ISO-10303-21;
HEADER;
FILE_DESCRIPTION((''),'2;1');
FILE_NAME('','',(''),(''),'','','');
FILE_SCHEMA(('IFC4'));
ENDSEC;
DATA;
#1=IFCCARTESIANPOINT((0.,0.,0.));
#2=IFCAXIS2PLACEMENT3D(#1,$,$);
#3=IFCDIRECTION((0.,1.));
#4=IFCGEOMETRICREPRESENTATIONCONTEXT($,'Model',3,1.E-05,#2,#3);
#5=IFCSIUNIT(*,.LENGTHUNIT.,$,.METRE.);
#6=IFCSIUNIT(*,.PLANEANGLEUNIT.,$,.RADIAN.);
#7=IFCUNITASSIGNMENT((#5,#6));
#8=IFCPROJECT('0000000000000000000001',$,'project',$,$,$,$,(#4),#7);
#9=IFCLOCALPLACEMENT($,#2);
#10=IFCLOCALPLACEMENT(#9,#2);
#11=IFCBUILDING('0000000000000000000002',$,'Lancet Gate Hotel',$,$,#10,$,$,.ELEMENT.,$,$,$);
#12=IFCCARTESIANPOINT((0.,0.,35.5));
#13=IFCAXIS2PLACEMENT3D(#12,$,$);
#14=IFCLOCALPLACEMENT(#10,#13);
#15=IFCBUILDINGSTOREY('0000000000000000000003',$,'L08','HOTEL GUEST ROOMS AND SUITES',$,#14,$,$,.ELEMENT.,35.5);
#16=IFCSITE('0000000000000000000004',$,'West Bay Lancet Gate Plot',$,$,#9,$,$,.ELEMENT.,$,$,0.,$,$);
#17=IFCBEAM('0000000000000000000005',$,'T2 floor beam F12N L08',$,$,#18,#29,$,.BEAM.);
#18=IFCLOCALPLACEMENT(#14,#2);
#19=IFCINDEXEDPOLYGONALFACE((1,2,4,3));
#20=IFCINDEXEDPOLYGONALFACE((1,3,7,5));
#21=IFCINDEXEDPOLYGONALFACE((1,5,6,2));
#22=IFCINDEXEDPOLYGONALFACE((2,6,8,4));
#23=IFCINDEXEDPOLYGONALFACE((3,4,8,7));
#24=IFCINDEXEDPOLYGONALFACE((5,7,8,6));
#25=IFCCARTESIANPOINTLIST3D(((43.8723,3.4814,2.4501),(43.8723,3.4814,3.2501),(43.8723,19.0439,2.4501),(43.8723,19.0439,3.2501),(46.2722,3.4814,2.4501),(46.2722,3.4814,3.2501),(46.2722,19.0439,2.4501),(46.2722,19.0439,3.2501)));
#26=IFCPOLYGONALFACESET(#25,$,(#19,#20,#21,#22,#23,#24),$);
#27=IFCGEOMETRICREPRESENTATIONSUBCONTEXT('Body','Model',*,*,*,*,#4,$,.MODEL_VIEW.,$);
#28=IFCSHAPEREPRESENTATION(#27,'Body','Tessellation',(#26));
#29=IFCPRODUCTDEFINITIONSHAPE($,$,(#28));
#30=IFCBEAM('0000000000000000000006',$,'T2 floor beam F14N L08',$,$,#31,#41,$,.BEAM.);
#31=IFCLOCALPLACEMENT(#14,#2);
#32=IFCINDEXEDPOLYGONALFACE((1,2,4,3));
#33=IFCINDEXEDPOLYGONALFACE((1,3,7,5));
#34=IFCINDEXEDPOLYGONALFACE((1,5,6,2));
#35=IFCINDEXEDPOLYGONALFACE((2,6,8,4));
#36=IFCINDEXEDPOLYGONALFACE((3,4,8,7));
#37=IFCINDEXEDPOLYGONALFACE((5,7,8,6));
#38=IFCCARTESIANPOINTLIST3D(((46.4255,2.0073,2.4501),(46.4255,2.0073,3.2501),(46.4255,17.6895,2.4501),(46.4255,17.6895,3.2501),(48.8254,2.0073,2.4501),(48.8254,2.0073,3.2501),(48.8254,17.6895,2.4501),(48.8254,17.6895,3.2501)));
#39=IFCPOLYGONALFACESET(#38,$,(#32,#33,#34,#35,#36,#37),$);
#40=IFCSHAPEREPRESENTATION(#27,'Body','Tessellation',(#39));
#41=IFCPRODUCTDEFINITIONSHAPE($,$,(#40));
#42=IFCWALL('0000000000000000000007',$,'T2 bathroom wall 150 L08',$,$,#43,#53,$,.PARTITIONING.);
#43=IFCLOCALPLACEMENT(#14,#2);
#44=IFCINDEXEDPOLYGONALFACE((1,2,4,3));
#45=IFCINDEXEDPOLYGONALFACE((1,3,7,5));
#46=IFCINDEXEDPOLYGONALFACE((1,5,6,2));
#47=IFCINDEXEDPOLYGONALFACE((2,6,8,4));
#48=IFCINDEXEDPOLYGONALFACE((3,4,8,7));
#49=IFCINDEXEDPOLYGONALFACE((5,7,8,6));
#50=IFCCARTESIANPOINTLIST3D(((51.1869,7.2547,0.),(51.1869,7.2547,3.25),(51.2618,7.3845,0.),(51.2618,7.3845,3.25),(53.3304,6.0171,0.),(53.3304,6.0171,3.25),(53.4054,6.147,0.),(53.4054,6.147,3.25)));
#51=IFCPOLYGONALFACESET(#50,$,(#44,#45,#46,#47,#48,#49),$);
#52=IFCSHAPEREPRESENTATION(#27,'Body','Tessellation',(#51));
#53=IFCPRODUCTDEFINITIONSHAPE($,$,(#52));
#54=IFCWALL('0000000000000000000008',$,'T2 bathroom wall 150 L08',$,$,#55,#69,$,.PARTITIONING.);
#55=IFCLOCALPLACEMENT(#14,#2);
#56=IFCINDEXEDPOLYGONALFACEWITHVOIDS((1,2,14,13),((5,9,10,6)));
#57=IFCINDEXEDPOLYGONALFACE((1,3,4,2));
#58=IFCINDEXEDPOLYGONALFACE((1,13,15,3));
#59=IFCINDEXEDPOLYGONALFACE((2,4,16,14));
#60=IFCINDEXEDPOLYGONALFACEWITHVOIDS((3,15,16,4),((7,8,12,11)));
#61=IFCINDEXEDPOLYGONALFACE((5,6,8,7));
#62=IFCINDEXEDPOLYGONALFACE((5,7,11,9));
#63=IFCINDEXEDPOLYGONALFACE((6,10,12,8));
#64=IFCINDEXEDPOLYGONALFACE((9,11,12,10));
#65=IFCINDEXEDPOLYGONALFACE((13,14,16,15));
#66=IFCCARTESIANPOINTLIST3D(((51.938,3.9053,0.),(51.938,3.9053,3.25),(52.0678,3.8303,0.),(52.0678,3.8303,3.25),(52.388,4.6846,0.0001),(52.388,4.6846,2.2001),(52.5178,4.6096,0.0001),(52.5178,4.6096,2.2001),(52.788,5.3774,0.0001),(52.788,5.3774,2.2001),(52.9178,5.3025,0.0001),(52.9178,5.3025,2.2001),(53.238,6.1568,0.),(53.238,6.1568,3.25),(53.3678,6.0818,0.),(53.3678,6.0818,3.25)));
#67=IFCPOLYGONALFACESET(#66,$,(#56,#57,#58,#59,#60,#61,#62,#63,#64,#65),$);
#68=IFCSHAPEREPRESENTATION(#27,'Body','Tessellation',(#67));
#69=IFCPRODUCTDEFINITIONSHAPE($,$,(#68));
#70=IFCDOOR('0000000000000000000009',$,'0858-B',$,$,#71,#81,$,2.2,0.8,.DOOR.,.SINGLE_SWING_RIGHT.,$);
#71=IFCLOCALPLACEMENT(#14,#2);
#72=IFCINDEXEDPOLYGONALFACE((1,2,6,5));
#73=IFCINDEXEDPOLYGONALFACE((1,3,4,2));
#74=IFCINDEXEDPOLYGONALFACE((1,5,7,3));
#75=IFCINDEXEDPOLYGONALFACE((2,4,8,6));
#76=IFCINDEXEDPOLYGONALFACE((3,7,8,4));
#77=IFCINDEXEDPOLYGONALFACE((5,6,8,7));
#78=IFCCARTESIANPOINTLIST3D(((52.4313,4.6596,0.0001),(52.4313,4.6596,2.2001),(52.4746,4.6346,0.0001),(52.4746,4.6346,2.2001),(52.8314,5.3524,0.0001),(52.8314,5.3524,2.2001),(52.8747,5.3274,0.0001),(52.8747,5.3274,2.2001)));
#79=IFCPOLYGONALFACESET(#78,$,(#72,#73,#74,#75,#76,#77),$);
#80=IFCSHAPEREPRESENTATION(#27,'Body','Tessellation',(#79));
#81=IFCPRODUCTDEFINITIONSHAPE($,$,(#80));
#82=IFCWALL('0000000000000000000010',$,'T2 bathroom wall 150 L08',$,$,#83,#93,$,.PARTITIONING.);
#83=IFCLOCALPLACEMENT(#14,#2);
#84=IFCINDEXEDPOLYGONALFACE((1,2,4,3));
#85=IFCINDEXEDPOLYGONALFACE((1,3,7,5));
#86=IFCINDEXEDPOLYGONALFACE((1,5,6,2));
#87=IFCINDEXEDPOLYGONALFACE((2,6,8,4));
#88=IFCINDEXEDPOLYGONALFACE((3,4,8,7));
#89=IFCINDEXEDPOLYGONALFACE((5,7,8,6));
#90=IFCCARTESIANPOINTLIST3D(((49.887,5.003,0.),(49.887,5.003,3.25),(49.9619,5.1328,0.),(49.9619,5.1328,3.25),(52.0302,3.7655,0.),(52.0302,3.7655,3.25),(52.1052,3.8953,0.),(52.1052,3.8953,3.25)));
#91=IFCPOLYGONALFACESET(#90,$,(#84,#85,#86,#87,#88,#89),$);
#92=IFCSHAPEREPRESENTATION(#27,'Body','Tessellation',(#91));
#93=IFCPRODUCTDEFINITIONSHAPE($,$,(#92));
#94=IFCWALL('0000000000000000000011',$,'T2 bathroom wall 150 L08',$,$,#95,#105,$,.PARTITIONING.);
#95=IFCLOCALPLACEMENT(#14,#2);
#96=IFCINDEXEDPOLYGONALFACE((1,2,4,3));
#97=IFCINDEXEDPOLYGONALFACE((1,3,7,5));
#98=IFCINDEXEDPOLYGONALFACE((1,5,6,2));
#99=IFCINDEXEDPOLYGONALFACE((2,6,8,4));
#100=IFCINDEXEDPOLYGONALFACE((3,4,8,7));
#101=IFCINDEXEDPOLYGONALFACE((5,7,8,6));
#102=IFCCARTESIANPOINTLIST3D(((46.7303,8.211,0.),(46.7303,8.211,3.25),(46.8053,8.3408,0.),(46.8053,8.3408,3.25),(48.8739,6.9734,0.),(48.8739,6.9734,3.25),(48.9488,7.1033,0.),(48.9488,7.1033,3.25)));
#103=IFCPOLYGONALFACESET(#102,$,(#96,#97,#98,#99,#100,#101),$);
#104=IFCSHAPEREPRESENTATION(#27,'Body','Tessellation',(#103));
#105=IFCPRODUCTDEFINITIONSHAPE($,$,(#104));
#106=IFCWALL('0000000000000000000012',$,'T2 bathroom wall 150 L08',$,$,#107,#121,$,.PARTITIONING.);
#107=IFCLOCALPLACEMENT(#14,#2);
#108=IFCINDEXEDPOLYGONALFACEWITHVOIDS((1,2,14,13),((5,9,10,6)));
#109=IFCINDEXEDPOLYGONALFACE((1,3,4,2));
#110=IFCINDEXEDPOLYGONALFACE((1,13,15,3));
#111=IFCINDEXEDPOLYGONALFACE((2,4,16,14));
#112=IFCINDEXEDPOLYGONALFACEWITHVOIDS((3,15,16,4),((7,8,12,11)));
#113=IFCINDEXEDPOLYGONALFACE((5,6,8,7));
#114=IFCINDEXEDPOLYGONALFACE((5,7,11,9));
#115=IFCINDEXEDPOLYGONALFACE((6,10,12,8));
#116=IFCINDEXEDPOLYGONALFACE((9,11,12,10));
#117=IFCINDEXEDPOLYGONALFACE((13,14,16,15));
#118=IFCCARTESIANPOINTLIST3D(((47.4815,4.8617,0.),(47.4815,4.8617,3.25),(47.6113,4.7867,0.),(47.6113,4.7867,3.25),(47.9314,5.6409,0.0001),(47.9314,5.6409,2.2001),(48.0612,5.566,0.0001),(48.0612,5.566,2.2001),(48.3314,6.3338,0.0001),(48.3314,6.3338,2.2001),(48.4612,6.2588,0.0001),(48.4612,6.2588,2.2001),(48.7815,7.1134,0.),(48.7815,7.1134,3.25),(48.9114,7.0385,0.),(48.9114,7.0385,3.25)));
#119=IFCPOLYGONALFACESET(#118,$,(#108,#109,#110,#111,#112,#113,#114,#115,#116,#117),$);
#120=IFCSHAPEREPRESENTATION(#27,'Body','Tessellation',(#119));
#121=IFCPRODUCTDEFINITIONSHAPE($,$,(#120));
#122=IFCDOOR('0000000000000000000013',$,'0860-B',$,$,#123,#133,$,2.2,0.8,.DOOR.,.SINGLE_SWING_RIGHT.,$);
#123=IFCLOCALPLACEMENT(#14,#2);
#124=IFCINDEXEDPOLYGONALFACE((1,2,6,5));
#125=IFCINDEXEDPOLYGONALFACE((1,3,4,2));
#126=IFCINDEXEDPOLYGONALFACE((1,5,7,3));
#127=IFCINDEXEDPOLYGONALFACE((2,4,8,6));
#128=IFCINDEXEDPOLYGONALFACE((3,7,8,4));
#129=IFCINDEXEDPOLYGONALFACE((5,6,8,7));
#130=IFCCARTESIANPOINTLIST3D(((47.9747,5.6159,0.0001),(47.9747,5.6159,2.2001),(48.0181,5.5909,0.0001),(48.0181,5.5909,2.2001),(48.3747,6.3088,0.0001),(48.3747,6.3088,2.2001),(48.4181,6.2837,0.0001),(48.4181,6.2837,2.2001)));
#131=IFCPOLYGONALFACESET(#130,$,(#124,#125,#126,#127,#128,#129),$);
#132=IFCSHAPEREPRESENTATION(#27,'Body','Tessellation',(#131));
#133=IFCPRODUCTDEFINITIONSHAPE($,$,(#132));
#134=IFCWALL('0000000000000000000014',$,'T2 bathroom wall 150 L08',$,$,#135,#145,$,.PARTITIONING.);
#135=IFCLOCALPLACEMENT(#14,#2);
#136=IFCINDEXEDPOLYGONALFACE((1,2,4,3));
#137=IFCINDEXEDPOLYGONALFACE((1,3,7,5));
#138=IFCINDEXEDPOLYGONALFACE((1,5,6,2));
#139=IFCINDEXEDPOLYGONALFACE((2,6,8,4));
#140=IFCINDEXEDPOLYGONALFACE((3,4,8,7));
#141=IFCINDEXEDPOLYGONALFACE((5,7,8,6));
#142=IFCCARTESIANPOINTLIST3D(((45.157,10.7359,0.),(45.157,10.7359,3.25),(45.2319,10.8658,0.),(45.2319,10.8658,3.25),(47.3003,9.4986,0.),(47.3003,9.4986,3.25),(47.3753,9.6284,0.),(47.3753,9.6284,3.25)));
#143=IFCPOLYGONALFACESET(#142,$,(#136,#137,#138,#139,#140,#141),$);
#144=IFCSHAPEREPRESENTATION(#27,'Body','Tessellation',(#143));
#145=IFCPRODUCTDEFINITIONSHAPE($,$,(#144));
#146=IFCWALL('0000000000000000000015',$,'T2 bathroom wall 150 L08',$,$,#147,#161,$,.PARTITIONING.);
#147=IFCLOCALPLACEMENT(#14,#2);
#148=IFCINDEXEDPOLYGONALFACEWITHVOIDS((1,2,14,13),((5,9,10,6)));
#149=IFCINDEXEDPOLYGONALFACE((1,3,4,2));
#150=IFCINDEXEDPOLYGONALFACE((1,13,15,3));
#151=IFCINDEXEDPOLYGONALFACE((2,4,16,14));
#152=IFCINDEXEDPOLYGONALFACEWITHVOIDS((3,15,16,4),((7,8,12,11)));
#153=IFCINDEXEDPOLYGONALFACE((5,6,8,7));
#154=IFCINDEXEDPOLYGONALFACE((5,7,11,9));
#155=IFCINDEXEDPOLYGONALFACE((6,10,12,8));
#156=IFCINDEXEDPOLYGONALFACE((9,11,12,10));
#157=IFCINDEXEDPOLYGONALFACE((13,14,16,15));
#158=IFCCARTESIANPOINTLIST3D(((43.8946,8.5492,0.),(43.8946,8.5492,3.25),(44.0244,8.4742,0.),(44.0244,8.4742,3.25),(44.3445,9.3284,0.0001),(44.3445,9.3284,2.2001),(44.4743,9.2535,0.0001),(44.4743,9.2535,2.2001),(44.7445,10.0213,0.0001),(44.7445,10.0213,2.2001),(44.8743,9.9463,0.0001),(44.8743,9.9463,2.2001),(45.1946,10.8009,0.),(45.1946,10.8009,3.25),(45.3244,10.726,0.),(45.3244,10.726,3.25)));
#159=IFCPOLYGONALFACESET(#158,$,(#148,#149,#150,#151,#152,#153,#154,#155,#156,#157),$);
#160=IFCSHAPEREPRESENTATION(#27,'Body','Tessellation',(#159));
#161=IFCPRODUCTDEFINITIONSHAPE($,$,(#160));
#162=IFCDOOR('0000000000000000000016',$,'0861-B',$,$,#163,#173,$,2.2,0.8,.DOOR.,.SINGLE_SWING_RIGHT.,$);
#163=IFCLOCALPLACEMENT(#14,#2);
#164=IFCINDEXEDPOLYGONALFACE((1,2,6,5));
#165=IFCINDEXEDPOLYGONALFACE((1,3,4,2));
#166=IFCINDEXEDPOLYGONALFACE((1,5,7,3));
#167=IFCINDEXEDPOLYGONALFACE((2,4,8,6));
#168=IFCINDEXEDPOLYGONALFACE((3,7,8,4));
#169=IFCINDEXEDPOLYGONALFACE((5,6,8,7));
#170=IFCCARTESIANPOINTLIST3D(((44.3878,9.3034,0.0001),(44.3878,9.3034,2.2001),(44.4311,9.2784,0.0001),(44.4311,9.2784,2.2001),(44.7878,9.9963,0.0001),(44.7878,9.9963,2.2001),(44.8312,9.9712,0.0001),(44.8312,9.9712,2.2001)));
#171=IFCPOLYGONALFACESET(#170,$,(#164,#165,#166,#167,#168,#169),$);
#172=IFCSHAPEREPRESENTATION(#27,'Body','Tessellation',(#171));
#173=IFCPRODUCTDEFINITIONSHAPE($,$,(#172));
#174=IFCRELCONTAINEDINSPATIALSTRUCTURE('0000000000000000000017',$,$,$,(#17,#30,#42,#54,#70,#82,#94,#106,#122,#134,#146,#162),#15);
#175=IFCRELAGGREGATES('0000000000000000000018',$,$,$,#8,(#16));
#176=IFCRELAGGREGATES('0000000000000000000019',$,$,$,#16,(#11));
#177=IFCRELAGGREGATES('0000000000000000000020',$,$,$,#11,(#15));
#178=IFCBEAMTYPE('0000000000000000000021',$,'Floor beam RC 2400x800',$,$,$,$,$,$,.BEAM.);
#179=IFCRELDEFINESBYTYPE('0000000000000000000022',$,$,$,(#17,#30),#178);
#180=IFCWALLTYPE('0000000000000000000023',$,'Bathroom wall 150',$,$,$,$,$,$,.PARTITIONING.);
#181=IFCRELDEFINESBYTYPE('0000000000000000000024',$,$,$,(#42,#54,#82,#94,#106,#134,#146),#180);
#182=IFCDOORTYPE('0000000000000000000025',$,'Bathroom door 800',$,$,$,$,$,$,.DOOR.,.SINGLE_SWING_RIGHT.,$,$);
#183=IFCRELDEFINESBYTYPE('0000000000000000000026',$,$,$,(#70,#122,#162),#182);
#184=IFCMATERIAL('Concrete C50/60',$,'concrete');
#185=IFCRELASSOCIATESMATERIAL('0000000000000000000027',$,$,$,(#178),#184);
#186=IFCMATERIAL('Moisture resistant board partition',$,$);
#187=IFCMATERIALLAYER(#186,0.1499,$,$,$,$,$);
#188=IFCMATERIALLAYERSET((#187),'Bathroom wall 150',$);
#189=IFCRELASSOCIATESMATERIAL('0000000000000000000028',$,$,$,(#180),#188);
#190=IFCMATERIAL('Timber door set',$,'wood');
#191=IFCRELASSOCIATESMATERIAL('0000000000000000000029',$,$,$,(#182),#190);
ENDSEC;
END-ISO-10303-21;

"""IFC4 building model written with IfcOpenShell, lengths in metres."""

from ifc_helpers import new_model, si_unit, direction, frame, frame_2d, origin, origin_2d, place, context, subcontext, project, spatial, rectangle, extrude, material, layer, layer_set, material_profile, profile_set, type_object, element, fill, save


model = new_model("IFC4")

# Units and contexts
model_context = context("Model", 3, precision=1e-05, world=origin(), true_north=direction((0.0, 1.0)))
body_context = subcontext(model_context, "Body", "Model", "MODEL_VIEW")
ifc_project = project(units=[si_unit("LENGTHUNIT", "METRE"), si_unit("PLANEANGLEUNIT", "RADIAN")], contexts=[model_context])

# Site, building, storey
site_placement = place(None, origin())
site = spatial("IfcSite", under=ifc_project, at=site_placement, Name="West Bay Lancet Gate Plot", CompositionType="ELEMENT", RefElevation=0.0)
building_placement = place(site_placement, origin())
building = spatial("IfcBuilding", under=site, at=building_placement, Name="Lancet Gate Hotel", CompositionType="ELEMENT")
storey_placement = place(building_placement, frame((0.0, 0.0, 35.5)))
storey = spatial("IfcBuildingStorey", under=building, at=storey_placement, Name="L08", Description="HOTEL GUEST ROOMS AND SUITES", CompositionType="ELEMENT", Elevation=35.5)

# Beams
ifc_material_1 = material(Name="Concrete C50/60", Category="concrete")
ifc_material_profile = material_profile(ifc_material_1, rectangle(XDim=2.3999, YDim=0.8, at=origin_2d()), Name="RC 2400x800")
ifc_profile_set = profile_set([ifc_material_profile], Name="Concrete C50/60")
beam_type = type_object("IfcBeamType", Name="Floor beam RC 2400x800", PredefinedType="BEAM", material=ifc_profile_set)
beam_1_placement = place(storey_placement, frame((45.0723, 3.4814, 2.8501), z_axis=(0.0, 1.0, 0.0), x_axis=(-1.0, 0.0, 0.0)))
element("IfcBeam", 1, at=beam_1_placement, inside=storey, type_object=beam_type, Name="T2 floor beam F12N L08", PredefinedType="BEAM", context=body_context, shape_type="SweptSolid", body=[
    extrude(rectangle(XDim=2.3999, YDim=0.8, at=origin_2d()), origin(), (0.0, 0.0, 1.0), 15.5625),
])
beam_2_placement = place(storey_placement, frame((47.6255, 2.0073, 2.8501), z_axis=(0.0, 1.0, 0.0), x_axis=(-1.0, 0.0, 0.0)))
element("IfcBeam", 2, at=beam_2_placement, inside=storey, type_object=beam_type, Name="T2 floor beam F14N L08", PredefinedType="BEAM", context=body_context, shape_type="SweptSolid", body=[
    extrude(rectangle(XDim=2.3999, YDim=0.8, at=origin_2d()), origin(), (0.0, 0.0, 1.0), 15.6821),
])

# Wall
ifc_material_2 = material(Name="Moisture resistant board partition")
ifc_layer_1 = layer(ifc_material_2, 0.1499)
ifc_layer_set_1 = layer_set([ifc_layer_1], Name="Bathroom wall 150")
wall_type_1 = type_object("IfcWallType", Name="Bathroom wall 150", PredefinedType="PARTITIONING", material=ifc_layer_set_1)
wall_1_placement = place(storey_placement, frame((51.2244, 7.3196, 0.0), z_axis=(0.0, 0.0, 1.0), x_axis=(0.866031, -0.49999, 0.0)))
element("IfcWall", 3, at=wall_1_placement, inside=storey, type_object=wall_type_1, Name="T2 bathroom wall 150 L08", PredefinedType="PARTITIONING", context=body_context, shape_type="SweptSolid", body=[
    extrude(rectangle(XDim=2.4751, YDim=0.1499, at=frame_2d((1.2375, 0.0))), origin(), (0.0, 0.0, 1.0), 3.25),
])

# Wall, opening, door
wall_2_placement = place(storey_placement, frame((52.0029, 3.8679, 0.0), z_axis=(0.0, 0.0, 1.0), x_axis=(0.500048, 0.865998, 0.0)))
wall_2 = element("IfcWall", 4, at=wall_2_placement, inside=storey, type_object=wall_type_1, Name="T2 bathroom wall 150 L08", PredefinedType="PARTITIONING", context=body_context, shape_type="SweptSolid", body=[
    extrude(rectangle(XDim=2.5999, YDim=0.1499, at=frame_2d((1.2998, 0.0))), origin(), (0.0, 0.0, 1.0), 3.25),
])
opening_1_placement = place(wall_2_placement, frame((0.8999, 0.0, 0.0)))
opening_1 = element("IfcOpeningElement", 5, at=opening_1_placement, cuts=wall_2, PredefinedType="OPENING", context=body_context, shape_type="SweptSolid", body=[
    extrude(rectangle(XDim=0.8, YDim=2.2, at=frame_2d((0.3999, 1.1001))), frame((0.0, 0.085, 0.0), z_axis=(0.0, -1.0, 0.0), x_axis=(1.0, 0.0, 0.0)), (0.0, 0.0, 1.0), 0.1699),
])
ifc_material_3 = material(Name="Timber door set", Category="wood")
door_type_1 = type_object("IfcDoorType", Name="Bathroom door 800", OperationType="SINGLE_SWING_RIGHT", PredefinedType="DOOR", material=ifc_material_3)
door_1_placement = place(opening_1_placement, origin())
door_1 = element("IfcDoor", 6, at=door_1_placement, inside=storey, type_object=door_type_1, Name="0858-B", OperationType="SINGLE_SWING_RIGHT", OverallHeight=2.2, OverallWidth=0.8, PredefinedType="DOOR", context=body_context, shape_type="SweptSolid", body=[
    extrude(rectangle(XDim=0.8, YDim=2.2, at=frame_2d((0.3999, 1.1001))), frame((0.0, 0.0249, 0.0), z_axis=(0.0, -1.0, 0.0), x_axis=(1.0, 0.0, 0.0)), (0.0, 0.0, 1.0), 0.05),
])
fill(opening_1, door_1)

# Walls
wall_3_placement = place(storey_placement, frame((49.9246, 5.0679, 0.0), z_axis=(0.0, 0.0, 1.0), x_axis=(0.866007, -0.500033, 0.0)))
element("IfcWall", 7, at=wall_3_placement, inside=storey, type_object=wall_type_1, Name="T2 bathroom wall 150 L08", PredefinedType="PARTITIONING", context=body_context, shape_type="SweptSolid", body=[
    extrude(rectangle(XDim=2.4749, YDim=0.1499, at=frame_2d((1.2373, 0.0))), origin(), (0.0, 0.0, 1.0), 3.25),
])
wall_4_placement = place(storey_placement, frame((46.7678, 8.2759, 0.0), z_axis=(0.0, 0.0, 1.0), x_axis=(0.866031, -0.49999, 0.0)))
element("IfcWall", 8, at=wall_4_placement, inside=storey, type_object=wall_type_1, Name="T2 bathroom wall 150 L08", PredefinedType="PARTITIONING", context=body_context, shape_type="SweptSolid", body=[
    extrude(rectangle(XDim=2.4751, YDim=0.1499, at=frame_2d((1.2375, 0.0))), origin(), (0.0, 0.0, 1.0), 3.25),
])

# Wall, opening, door
wall_5_placement = place(storey_placement, frame((47.5464, 4.8242, 0.0), z_axis=(0.0, 0.0, 1.0), x_axis=(0.500007, 0.866021, 0.0)))
wall_5 = element("IfcWall", 9, at=wall_5_placement, inside=storey, type_object=wall_type_1, Name="T2 bathroom wall 150 L08", PredefinedType="PARTITIONING", context=body_context, shape_type="SweptSolid", body=[
    extrude(rectangle(XDim=2.6001, YDim=0.1499, at=frame_2d((1.3, 0.0))), origin(), (0.0, 0.0, 1.0), 3.25),
])
opening_2_placement = place(wall_5_placement, frame((0.8999, 0.0, 0.0)))
opening_2 = element("IfcOpeningElement", 10, at=opening_2_placement, cuts=wall_5, PredefinedType="OPENING", context=body_context, shape_type="SweptSolid", body=[
    extrude(rectangle(XDim=0.8, YDim=2.2, at=frame_2d((0.3999, 1.1001))), frame((0.0, 0.085, 0.0), z_axis=(0.0, -1.0, 0.0), x_axis=(1.0, 0.0, 0.0)), (0.0, 0.0, 1.0), 0.1699),
])
door_2_placement = place(opening_2_placement, origin())
door_2 = element("IfcDoor", 11, at=door_2_placement, inside=storey, type_object=door_type_1, Name="0860-B", OperationType="SINGLE_SWING_RIGHT", OverallHeight=2.2, OverallWidth=0.8, PredefinedType="DOOR", context=body_context, shape_type="SweptSolid", body=[
    extrude(rectangle(XDim=0.8, YDim=2.2, at=frame_2d((0.3999, 1.1001))), frame((0.0, 0.0249, 0.0), z_axis=(0.0, -1.0, 0.0), x_axis=(1.0, 0.0, 0.0)), (0.0, 0.0, 1.0), 0.05),
])
fill(opening_2, door_2)

# Wall
wall_6_placement = place(storey_placement, frame((45.1946, 10.8008, 0.0), z_axis=(0.0, 0.0, 1.0), x_axis=(0.866049, -0.499959, 0.0)))
element("IfcWall", 12, at=wall_6_placement, inside=storey, type_object=wall_type_1, Name="T2 bathroom wall 150 L08", PredefinedType="PARTITIONING", context=body_context, shape_type="SweptSolid", body=[
    extrude(rectangle(XDim=2.4749, YDim=0.1499, at=frame_2d((1.2373, 0.0))), origin(), (0.0, 0.0, 1.0), 3.25),
])

# Wall, opening, door
wall_7_placement = place(storey_placement, frame((43.9595, 8.5117, 0.0), z_axis=(0.0, 0.0, 1.0), x_axis=(0.500007, 0.866021, 0.0)))
wall_7 = element("IfcWall", 13, at=wall_7_placement, inside=storey, type_object=wall_type_1, Name="T2 bathroom wall 150 L08", PredefinedType="PARTITIONING", context=body_context, shape_type="SweptSolid", body=[
    extrude(rectangle(XDim=2.6001, YDim=0.1499, at=frame_2d((1.3, 0.0))), origin(), (0.0, 0.0, 1.0), 3.25),
])
opening_3_placement = place(wall_7_placement, frame((0.8999, 0.0, 0.0)))
opening_3 = element("IfcOpeningElement", 14, at=opening_3_placement, cuts=wall_7, PredefinedType="OPENING", context=body_context, shape_type="SweptSolid", body=[
    extrude(rectangle(XDim=0.8, YDim=2.2, at=frame_2d((0.3999, 1.1001))), frame((0.0, 0.085, 0.0), z_axis=(0.0, -1.0, 0.0), x_axis=(1.0, 0.0, 0.0)), (0.0, 0.0, 1.0), 0.1699),
])
door_3_placement = place(opening_3_placement, origin())
door_3 = element("IfcDoor", 15, at=door_3_placement, inside=storey, type_object=door_type_1, Name="0861-B", OperationType="SINGLE_SWING_RIGHT", OverallHeight=2.2, OverallWidth=0.8, PredefinedType="DOOR", context=body_context, shape_type="SweptSolid", body=[
    extrude(rectangle(XDim=0.8, YDim=2.2, at=frame_2d((0.3999, 1.1001))), frame((0.0, 0.0249, 0.0), z_axis=(0.0, -1.0, 0.0), x_axis=(1.0, 0.0, 0.0)), (0.0, 0.0, 1.0), 0.05),
])
fill(opening_3, door_3)

save(model, "model.ifc")
